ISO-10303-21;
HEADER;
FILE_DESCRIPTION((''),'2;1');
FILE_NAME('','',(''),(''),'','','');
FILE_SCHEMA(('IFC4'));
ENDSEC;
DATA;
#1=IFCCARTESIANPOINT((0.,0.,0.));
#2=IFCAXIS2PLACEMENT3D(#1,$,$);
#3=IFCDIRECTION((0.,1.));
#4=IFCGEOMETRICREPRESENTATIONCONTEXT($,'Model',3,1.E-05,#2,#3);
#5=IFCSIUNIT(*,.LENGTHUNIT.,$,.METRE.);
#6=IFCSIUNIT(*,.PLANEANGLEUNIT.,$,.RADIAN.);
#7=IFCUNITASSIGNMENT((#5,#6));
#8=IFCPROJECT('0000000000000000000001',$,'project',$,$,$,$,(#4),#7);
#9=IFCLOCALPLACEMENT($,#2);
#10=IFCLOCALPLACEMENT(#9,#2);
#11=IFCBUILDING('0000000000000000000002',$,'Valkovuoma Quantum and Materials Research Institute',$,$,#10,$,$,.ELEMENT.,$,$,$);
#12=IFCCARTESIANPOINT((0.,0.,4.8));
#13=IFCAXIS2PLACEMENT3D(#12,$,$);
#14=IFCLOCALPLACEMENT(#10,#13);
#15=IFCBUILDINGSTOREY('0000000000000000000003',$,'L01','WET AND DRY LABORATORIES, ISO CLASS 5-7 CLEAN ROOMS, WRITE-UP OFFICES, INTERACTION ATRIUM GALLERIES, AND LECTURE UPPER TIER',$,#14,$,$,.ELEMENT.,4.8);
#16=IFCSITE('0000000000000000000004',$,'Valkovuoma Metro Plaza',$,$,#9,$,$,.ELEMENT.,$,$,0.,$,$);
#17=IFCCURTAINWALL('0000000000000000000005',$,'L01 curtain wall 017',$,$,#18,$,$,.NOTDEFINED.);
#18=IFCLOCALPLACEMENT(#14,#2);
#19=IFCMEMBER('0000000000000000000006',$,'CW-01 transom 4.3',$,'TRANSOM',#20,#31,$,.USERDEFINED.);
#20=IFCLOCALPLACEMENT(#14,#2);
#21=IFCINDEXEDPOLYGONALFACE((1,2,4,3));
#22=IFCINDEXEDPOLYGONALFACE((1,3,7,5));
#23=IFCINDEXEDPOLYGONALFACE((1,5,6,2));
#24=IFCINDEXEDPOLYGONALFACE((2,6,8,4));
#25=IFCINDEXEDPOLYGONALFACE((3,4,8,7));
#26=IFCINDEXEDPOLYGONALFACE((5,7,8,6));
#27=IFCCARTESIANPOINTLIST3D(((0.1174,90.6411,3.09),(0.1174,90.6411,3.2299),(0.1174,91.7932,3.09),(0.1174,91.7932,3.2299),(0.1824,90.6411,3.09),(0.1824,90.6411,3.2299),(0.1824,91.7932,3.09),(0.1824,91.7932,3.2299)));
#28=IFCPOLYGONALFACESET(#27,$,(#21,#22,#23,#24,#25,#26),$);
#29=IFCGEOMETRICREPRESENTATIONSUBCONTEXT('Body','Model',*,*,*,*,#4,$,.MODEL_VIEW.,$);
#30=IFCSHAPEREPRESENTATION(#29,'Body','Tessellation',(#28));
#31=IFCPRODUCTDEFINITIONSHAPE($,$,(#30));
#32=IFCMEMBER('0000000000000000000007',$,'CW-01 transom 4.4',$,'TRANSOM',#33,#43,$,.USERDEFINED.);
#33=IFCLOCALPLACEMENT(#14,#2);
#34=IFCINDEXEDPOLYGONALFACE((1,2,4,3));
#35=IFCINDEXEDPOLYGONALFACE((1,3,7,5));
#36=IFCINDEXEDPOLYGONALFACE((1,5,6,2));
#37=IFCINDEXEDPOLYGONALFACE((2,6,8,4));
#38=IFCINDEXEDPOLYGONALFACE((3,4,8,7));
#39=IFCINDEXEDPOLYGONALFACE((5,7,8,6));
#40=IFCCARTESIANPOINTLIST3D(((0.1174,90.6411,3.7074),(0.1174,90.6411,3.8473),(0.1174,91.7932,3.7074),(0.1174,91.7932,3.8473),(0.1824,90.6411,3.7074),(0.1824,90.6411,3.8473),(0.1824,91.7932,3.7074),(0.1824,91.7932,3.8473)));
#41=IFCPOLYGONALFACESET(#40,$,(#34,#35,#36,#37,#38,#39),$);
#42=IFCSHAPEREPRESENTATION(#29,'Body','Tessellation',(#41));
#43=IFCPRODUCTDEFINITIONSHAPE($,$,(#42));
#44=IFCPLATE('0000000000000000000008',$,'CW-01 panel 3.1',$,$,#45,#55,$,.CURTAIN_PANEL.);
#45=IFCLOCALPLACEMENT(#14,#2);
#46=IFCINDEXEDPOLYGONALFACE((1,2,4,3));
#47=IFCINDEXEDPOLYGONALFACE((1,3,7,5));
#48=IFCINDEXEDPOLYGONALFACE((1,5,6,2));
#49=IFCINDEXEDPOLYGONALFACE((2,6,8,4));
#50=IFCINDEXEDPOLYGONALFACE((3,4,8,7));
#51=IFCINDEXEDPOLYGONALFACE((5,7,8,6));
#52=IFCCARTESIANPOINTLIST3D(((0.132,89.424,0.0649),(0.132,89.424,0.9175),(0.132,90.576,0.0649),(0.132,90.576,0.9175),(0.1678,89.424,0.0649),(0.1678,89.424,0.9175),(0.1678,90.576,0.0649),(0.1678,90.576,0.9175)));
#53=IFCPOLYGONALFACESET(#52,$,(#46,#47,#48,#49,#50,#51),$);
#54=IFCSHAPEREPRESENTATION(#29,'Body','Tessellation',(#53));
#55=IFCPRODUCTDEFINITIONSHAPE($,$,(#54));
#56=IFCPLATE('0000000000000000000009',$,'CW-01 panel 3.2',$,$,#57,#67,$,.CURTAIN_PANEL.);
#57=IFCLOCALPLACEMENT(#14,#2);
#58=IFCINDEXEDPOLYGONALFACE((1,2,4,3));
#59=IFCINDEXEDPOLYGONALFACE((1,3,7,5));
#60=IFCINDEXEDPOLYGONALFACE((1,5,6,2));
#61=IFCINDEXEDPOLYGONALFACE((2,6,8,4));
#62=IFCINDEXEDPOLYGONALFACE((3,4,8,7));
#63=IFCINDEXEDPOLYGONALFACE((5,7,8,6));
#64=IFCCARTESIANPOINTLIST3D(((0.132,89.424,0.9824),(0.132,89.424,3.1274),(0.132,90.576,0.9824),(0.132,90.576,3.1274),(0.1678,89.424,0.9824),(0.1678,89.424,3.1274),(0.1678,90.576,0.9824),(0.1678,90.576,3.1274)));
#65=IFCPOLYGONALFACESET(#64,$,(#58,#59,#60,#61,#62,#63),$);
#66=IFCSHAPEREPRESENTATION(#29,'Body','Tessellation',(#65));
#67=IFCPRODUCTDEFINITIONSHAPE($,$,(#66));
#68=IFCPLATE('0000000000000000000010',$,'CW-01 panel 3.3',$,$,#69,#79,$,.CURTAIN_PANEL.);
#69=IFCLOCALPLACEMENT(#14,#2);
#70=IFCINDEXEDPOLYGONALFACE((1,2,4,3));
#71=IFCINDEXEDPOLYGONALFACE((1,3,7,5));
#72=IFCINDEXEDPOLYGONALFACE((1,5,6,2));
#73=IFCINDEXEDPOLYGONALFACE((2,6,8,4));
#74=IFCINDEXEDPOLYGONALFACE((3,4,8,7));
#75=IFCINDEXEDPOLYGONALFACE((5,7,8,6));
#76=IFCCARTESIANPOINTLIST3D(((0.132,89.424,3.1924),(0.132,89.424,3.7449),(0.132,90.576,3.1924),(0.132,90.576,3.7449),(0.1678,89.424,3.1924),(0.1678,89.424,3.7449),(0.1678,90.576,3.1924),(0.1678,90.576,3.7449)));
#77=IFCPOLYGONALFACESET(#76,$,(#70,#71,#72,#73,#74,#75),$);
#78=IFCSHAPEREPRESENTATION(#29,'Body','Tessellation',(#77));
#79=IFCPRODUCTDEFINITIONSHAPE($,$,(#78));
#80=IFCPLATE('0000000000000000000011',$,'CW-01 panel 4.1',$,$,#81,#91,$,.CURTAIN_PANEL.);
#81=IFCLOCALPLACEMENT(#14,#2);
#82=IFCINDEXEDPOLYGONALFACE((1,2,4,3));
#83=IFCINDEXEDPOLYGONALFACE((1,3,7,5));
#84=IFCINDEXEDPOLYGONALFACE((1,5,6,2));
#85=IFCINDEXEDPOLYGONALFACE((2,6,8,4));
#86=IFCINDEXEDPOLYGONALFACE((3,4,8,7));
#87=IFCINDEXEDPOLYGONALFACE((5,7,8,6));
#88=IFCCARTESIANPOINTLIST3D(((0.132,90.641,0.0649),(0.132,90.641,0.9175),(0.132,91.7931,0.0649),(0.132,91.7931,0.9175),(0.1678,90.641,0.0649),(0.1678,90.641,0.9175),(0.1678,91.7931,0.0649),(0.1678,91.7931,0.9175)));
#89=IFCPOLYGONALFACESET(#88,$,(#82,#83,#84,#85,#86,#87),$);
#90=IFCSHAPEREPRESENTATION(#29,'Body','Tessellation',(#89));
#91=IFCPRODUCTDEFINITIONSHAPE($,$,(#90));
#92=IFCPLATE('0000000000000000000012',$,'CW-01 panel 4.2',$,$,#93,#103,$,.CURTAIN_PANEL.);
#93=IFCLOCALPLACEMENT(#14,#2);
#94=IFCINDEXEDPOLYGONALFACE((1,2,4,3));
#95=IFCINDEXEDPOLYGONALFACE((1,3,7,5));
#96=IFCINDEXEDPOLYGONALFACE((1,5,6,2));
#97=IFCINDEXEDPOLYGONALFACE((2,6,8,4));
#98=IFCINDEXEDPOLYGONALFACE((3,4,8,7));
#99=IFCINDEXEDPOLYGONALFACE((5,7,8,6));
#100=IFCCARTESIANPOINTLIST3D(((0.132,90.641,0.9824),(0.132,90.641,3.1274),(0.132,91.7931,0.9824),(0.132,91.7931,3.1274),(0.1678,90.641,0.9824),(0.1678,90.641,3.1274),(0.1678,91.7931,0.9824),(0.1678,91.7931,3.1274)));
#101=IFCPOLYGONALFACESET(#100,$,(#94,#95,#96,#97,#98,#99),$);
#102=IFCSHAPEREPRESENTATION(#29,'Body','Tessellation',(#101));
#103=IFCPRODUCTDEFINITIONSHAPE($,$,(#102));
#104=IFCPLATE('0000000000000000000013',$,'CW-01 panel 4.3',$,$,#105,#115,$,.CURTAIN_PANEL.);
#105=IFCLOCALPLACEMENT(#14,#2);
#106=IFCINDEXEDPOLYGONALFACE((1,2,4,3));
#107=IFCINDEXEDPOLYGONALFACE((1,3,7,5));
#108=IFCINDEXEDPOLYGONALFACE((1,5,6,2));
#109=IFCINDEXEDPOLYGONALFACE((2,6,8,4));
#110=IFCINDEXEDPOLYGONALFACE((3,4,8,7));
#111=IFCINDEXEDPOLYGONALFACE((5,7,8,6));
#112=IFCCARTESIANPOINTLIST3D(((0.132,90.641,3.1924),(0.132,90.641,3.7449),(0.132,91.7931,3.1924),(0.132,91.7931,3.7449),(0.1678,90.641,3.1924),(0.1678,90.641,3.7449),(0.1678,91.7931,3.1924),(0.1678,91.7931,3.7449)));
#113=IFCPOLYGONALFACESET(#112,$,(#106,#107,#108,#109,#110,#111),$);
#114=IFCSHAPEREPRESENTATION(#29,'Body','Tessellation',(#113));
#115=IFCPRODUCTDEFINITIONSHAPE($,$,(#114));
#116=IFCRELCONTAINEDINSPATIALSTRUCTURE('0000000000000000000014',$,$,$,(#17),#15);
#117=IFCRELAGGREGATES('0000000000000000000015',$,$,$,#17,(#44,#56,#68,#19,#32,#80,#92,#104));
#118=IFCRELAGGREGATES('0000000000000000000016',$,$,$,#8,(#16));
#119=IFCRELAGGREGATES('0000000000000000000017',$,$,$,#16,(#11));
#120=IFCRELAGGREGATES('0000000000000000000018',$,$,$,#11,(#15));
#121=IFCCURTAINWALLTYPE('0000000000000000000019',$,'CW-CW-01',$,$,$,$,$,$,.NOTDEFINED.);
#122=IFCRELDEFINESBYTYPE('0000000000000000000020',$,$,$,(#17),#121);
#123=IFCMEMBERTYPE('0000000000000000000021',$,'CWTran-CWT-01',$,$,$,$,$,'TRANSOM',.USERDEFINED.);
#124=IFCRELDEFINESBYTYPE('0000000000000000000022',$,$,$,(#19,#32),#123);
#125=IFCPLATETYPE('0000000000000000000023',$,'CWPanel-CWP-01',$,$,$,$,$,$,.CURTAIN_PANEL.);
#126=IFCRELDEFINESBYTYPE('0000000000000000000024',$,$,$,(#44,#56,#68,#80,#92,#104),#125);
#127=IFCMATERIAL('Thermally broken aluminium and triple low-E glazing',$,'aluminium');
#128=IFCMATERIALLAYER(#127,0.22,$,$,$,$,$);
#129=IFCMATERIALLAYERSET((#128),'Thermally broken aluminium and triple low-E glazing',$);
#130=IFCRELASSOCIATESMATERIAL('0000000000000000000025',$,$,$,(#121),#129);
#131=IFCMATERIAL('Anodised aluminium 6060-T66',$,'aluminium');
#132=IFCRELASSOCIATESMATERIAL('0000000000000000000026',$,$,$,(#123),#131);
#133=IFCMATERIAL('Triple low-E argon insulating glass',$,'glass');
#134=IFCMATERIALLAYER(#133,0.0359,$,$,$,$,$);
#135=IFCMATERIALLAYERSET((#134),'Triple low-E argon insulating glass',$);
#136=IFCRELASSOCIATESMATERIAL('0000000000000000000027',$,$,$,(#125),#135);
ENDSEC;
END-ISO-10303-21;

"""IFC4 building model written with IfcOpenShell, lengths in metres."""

from ifc_helpers import new_model, si_unit, direction, frame, origin, origin_2d, place, context, subcontext, project, spatial, rectangle, extrude, material, layer, layer_set, material_profile, profile_set, type_object, element, aggregate, save


model = new_model("IFC4")

# Units and contexts
model_context = context("Model", 3, precision=1e-05, world=origin(), true_north=direction((0.0, 1.0)))
body_context = subcontext(model_context, "Body", "Model", "MODEL_VIEW")
ifc_project = project(units=[si_unit("LENGTHUNIT", "METRE"), si_unit("PLANEANGLEUNIT", "RADIAN")], contexts=[model_context])

# Site, building, storey
site_placement = place(None, origin())
site = spatial("IfcSite", under=ifc_project, at=site_placement, Name="Valkovuoma Metro Plaza", CompositionType="ELEMENT", RefElevation=0.0)
building_placement = place(site_placement, origin())
building = spatial("IfcBuilding", under=site, at=building_placement, Name="Valkovuoma Quantum and Materials Research Institute", CompositionType="ELEMENT")
storey_placement = place(building_placement, frame((0.0, 0.0, 4.8)))
storey = spatial("IfcBuildingStorey", under=building, at=storey_placement, Name="L01", Description="WET AND DRY LABORATORIES, ISO CLASS 5-7 CLEAN ROOMS, WRITE-UP OFFICES, INTERACTION ATRIUM GALLERIES, AND LECTURE UPPER TIER", CompositionType="ELEMENT", Elevation=4.8)

# Curtain wall, members, plates
ifc_material_1 = material(Name="Thermally broken aluminium and triple low-E glazing", Category="aluminium")
ifc_layer_1 = layer(ifc_material_1, 0.22)
ifc_layer_set_1 = layer_set([ifc_layer_1], Name="Thermally broken aluminium and triple low-E glazing")
curtain_wall_type = type_object("IfcCurtainWallType", Name="CW-CW-01", PredefinedType="NOTDEFINED", material=ifc_layer_set_1)
curtain_wall_placement = place(storey_placement, origin())
curtain_wall = element("IfcCurtainWall", 1, at=curtain_wall_placement, inside=storey, type_object=curtain_wall_type, Name="L01 curtain wall 017", PredefinedType="NOTDEFINED")
ifc_material_2 = material(Name="Anodised aluminium 6060-T66", Category="aluminium")
ifc_material_profile_1 = material_profile(ifc_material_2, rectangle(XDim=0.0649, YDim=0.1399, at=origin_2d()), Name="Anodised aluminium 6060-T66")
ifc_profile_set_1 = profile_set([ifc_material_profile_1], Name="Anodised aluminium 6060-T66")
member_type_1 = type_object("IfcMemberType", Name="CWTran-CWT-01", ElementType="TRANSOM", PredefinedType="USERDEFINED", material=ifc_profile_set_1)
member_1_placement = place(storey_placement, frame((0.1499, 90.6411, 3.1599), z_axis=(0.0, 1.0, 0.0), x_axis=(-1.0, 0.0, 0.0)))
member_1 = element("IfcMember", 2, at=member_1_placement, type_object=member_type_1, Name="CW-01 transom 4.3", ObjectType="TRANSOM", PredefinedType="USERDEFINED", context=body_context, shape_type="SweptSolid", body=[
    extrude(rectangle(XDim=0.0649, YDim=0.1399, at=origin_2d()), origin(), (0.0, 0.0, 1.0), 1.1521),
])
member_2_placement = place(storey_placement, frame((0.1499, 90.6411, 3.7773), z_axis=(0.0, 1.0, 0.0), x_axis=(-1.0, 0.0, 0.0)))
member_2 = element("IfcMember", 3, at=member_2_placement, type_object=member_type_1, Name="CW-01 transom 4.4", ObjectType="TRANSOM", PredefinedType="USERDEFINED", context=body_context, shape_type="SweptSolid", body=[
    extrude(rectangle(XDim=0.0649, YDim=0.1399, at=origin_2d()), origin(), (0.0, 0.0, 1.0), 1.1521),
])
ifc_material_3 = material(Name="Triple low-E argon insulating glass", Category="glass")
ifc_layer_2 = layer(ifc_material_3, 0.0359)
ifc_layer_set_2 = layer_set([ifc_layer_2], Name="Triple low-E argon insulating glass")
plate_type = type_object("IfcPlateType", Name="CWPanel-CWP-01", PredefinedType="CURTAIN_PANEL", material=ifc_layer_set_2)
plate_1_placement = place(storey_placement, frame((0.1499, 90.0, 0.0649), z_axis=(0.0, 0.0, 1.0), x_axis=(0.0, 1.0, 0.0)))
plate_1 = element("IfcPlate", 4, at=plate_1_placement, type_object=plate_type, Name="CW-01 panel 3.1", PredefinedType="CURTAIN_PANEL", context=body_context, shape_type="SweptSolid", body=[
    extrude(rectangle(XDim=1.1521, YDim=0.0359, at=origin_2d()), origin(), (0.0, 0.0, 1.0), 0.8525),
])
plate_2_placement = place(storey_placement, frame((0.1499, 90.0, 0.9824), z_axis=(0.0, 0.0, 1.0), x_axis=(0.0, 1.0, 0.0)))
plate_2 = element("IfcPlate", 5, at=plate_2_placement, type_object=plate_type, Name="CW-01 panel 3.2", PredefinedType="CURTAIN_PANEL", context=body_context, shape_type="SweptSolid", body=[
    extrude(rectangle(XDim=1.1521, YDim=0.0359, at=origin_2d()), origin(), (0.0, 0.0, 1.0), 2.145),
])
plate_3_placement = place(storey_placement, frame((0.1499, 90.0, 3.1924), z_axis=(0.0, 0.0, 1.0), x_axis=(0.0, 1.0, 0.0)))
plate_3 = element("IfcPlate", 6, at=plate_3_placement, type_object=plate_type, Name="CW-01 panel 3.3", PredefinedType="CURTAIN_PANEL", context=body_context, shape_type="SweptSolid", body=[
    extrude(rectangle(XDim=1.1521, YDim=0.0359, at=origin_2d()), origin(), (0.0, 0.0, 1.0), 0.5525),
])
plate_4_placement = place(storey_placement, frame((0.1499, 91.217, 0.0649), z_axis=(0.0, 0.0, 1.0), x_axis=(0.0, 1.0, 0.0)))
plate_4 = element("IfcPlate", 7, at=plate_4_placement, type_object=plate_type, Name="CW-01 panel 4.1", PredefinedType="CURTAIN_PANEL", context=body_context, shape_type="SweptSolid", body=[
    extrude(rectangle(XDim=1.1521, YDim=0.0359, at=origin_2d()), origin(), (0.0, 0.0, 1.0), 0.8525),
])
plate_5_placement = place(storey_placement, frame((0.1499, 91.217, 0.9824), z_axis=(0.0, 0.0, 1.0), x_axis=(0.0, 1.0, 0.0)))
plate_5 = element("IfcPlate", 8, at=plate_5_placement, type_object=plate_type, Name="CW-01 panel 4.2", PredefinedType="CURTAIN_PANEL", context=body_context, shape_type="SweptSolid", body=[
    extrude(rectangle(XDim=1.1521, YDim=0.0359, at=origin_2d()), origin(), (0.0, 0.0, 1.0), 2.145),
])
plate_6_placement = place(storey_placement, frame((0.1499, 91.217, 3.1924), z_axis=(0.0, 0.0, 1.0), x_axis=(0.0, 1.0, 0.0)))
plate_6 = element("IfcPlate", 9, at=plate_6_placement, type_object=plate_type, Name="CW-01 panel 4.3", PredefinedType="CURTAIN_PANEL", context=body_context, shape_type="SweptSolid", body=[
    extrude(rectangle(XDim=1.1521, YDim=0.0359, at=origin_2d()), origin(), (0.0, 0.0, 1.0), 0.5525),
])
aggregate(curtain_wall, [plate_1, plate_2, plate_3, member_1, member_2, plate_4, plate_5, plate_6])

save(model, "model.ifc")
